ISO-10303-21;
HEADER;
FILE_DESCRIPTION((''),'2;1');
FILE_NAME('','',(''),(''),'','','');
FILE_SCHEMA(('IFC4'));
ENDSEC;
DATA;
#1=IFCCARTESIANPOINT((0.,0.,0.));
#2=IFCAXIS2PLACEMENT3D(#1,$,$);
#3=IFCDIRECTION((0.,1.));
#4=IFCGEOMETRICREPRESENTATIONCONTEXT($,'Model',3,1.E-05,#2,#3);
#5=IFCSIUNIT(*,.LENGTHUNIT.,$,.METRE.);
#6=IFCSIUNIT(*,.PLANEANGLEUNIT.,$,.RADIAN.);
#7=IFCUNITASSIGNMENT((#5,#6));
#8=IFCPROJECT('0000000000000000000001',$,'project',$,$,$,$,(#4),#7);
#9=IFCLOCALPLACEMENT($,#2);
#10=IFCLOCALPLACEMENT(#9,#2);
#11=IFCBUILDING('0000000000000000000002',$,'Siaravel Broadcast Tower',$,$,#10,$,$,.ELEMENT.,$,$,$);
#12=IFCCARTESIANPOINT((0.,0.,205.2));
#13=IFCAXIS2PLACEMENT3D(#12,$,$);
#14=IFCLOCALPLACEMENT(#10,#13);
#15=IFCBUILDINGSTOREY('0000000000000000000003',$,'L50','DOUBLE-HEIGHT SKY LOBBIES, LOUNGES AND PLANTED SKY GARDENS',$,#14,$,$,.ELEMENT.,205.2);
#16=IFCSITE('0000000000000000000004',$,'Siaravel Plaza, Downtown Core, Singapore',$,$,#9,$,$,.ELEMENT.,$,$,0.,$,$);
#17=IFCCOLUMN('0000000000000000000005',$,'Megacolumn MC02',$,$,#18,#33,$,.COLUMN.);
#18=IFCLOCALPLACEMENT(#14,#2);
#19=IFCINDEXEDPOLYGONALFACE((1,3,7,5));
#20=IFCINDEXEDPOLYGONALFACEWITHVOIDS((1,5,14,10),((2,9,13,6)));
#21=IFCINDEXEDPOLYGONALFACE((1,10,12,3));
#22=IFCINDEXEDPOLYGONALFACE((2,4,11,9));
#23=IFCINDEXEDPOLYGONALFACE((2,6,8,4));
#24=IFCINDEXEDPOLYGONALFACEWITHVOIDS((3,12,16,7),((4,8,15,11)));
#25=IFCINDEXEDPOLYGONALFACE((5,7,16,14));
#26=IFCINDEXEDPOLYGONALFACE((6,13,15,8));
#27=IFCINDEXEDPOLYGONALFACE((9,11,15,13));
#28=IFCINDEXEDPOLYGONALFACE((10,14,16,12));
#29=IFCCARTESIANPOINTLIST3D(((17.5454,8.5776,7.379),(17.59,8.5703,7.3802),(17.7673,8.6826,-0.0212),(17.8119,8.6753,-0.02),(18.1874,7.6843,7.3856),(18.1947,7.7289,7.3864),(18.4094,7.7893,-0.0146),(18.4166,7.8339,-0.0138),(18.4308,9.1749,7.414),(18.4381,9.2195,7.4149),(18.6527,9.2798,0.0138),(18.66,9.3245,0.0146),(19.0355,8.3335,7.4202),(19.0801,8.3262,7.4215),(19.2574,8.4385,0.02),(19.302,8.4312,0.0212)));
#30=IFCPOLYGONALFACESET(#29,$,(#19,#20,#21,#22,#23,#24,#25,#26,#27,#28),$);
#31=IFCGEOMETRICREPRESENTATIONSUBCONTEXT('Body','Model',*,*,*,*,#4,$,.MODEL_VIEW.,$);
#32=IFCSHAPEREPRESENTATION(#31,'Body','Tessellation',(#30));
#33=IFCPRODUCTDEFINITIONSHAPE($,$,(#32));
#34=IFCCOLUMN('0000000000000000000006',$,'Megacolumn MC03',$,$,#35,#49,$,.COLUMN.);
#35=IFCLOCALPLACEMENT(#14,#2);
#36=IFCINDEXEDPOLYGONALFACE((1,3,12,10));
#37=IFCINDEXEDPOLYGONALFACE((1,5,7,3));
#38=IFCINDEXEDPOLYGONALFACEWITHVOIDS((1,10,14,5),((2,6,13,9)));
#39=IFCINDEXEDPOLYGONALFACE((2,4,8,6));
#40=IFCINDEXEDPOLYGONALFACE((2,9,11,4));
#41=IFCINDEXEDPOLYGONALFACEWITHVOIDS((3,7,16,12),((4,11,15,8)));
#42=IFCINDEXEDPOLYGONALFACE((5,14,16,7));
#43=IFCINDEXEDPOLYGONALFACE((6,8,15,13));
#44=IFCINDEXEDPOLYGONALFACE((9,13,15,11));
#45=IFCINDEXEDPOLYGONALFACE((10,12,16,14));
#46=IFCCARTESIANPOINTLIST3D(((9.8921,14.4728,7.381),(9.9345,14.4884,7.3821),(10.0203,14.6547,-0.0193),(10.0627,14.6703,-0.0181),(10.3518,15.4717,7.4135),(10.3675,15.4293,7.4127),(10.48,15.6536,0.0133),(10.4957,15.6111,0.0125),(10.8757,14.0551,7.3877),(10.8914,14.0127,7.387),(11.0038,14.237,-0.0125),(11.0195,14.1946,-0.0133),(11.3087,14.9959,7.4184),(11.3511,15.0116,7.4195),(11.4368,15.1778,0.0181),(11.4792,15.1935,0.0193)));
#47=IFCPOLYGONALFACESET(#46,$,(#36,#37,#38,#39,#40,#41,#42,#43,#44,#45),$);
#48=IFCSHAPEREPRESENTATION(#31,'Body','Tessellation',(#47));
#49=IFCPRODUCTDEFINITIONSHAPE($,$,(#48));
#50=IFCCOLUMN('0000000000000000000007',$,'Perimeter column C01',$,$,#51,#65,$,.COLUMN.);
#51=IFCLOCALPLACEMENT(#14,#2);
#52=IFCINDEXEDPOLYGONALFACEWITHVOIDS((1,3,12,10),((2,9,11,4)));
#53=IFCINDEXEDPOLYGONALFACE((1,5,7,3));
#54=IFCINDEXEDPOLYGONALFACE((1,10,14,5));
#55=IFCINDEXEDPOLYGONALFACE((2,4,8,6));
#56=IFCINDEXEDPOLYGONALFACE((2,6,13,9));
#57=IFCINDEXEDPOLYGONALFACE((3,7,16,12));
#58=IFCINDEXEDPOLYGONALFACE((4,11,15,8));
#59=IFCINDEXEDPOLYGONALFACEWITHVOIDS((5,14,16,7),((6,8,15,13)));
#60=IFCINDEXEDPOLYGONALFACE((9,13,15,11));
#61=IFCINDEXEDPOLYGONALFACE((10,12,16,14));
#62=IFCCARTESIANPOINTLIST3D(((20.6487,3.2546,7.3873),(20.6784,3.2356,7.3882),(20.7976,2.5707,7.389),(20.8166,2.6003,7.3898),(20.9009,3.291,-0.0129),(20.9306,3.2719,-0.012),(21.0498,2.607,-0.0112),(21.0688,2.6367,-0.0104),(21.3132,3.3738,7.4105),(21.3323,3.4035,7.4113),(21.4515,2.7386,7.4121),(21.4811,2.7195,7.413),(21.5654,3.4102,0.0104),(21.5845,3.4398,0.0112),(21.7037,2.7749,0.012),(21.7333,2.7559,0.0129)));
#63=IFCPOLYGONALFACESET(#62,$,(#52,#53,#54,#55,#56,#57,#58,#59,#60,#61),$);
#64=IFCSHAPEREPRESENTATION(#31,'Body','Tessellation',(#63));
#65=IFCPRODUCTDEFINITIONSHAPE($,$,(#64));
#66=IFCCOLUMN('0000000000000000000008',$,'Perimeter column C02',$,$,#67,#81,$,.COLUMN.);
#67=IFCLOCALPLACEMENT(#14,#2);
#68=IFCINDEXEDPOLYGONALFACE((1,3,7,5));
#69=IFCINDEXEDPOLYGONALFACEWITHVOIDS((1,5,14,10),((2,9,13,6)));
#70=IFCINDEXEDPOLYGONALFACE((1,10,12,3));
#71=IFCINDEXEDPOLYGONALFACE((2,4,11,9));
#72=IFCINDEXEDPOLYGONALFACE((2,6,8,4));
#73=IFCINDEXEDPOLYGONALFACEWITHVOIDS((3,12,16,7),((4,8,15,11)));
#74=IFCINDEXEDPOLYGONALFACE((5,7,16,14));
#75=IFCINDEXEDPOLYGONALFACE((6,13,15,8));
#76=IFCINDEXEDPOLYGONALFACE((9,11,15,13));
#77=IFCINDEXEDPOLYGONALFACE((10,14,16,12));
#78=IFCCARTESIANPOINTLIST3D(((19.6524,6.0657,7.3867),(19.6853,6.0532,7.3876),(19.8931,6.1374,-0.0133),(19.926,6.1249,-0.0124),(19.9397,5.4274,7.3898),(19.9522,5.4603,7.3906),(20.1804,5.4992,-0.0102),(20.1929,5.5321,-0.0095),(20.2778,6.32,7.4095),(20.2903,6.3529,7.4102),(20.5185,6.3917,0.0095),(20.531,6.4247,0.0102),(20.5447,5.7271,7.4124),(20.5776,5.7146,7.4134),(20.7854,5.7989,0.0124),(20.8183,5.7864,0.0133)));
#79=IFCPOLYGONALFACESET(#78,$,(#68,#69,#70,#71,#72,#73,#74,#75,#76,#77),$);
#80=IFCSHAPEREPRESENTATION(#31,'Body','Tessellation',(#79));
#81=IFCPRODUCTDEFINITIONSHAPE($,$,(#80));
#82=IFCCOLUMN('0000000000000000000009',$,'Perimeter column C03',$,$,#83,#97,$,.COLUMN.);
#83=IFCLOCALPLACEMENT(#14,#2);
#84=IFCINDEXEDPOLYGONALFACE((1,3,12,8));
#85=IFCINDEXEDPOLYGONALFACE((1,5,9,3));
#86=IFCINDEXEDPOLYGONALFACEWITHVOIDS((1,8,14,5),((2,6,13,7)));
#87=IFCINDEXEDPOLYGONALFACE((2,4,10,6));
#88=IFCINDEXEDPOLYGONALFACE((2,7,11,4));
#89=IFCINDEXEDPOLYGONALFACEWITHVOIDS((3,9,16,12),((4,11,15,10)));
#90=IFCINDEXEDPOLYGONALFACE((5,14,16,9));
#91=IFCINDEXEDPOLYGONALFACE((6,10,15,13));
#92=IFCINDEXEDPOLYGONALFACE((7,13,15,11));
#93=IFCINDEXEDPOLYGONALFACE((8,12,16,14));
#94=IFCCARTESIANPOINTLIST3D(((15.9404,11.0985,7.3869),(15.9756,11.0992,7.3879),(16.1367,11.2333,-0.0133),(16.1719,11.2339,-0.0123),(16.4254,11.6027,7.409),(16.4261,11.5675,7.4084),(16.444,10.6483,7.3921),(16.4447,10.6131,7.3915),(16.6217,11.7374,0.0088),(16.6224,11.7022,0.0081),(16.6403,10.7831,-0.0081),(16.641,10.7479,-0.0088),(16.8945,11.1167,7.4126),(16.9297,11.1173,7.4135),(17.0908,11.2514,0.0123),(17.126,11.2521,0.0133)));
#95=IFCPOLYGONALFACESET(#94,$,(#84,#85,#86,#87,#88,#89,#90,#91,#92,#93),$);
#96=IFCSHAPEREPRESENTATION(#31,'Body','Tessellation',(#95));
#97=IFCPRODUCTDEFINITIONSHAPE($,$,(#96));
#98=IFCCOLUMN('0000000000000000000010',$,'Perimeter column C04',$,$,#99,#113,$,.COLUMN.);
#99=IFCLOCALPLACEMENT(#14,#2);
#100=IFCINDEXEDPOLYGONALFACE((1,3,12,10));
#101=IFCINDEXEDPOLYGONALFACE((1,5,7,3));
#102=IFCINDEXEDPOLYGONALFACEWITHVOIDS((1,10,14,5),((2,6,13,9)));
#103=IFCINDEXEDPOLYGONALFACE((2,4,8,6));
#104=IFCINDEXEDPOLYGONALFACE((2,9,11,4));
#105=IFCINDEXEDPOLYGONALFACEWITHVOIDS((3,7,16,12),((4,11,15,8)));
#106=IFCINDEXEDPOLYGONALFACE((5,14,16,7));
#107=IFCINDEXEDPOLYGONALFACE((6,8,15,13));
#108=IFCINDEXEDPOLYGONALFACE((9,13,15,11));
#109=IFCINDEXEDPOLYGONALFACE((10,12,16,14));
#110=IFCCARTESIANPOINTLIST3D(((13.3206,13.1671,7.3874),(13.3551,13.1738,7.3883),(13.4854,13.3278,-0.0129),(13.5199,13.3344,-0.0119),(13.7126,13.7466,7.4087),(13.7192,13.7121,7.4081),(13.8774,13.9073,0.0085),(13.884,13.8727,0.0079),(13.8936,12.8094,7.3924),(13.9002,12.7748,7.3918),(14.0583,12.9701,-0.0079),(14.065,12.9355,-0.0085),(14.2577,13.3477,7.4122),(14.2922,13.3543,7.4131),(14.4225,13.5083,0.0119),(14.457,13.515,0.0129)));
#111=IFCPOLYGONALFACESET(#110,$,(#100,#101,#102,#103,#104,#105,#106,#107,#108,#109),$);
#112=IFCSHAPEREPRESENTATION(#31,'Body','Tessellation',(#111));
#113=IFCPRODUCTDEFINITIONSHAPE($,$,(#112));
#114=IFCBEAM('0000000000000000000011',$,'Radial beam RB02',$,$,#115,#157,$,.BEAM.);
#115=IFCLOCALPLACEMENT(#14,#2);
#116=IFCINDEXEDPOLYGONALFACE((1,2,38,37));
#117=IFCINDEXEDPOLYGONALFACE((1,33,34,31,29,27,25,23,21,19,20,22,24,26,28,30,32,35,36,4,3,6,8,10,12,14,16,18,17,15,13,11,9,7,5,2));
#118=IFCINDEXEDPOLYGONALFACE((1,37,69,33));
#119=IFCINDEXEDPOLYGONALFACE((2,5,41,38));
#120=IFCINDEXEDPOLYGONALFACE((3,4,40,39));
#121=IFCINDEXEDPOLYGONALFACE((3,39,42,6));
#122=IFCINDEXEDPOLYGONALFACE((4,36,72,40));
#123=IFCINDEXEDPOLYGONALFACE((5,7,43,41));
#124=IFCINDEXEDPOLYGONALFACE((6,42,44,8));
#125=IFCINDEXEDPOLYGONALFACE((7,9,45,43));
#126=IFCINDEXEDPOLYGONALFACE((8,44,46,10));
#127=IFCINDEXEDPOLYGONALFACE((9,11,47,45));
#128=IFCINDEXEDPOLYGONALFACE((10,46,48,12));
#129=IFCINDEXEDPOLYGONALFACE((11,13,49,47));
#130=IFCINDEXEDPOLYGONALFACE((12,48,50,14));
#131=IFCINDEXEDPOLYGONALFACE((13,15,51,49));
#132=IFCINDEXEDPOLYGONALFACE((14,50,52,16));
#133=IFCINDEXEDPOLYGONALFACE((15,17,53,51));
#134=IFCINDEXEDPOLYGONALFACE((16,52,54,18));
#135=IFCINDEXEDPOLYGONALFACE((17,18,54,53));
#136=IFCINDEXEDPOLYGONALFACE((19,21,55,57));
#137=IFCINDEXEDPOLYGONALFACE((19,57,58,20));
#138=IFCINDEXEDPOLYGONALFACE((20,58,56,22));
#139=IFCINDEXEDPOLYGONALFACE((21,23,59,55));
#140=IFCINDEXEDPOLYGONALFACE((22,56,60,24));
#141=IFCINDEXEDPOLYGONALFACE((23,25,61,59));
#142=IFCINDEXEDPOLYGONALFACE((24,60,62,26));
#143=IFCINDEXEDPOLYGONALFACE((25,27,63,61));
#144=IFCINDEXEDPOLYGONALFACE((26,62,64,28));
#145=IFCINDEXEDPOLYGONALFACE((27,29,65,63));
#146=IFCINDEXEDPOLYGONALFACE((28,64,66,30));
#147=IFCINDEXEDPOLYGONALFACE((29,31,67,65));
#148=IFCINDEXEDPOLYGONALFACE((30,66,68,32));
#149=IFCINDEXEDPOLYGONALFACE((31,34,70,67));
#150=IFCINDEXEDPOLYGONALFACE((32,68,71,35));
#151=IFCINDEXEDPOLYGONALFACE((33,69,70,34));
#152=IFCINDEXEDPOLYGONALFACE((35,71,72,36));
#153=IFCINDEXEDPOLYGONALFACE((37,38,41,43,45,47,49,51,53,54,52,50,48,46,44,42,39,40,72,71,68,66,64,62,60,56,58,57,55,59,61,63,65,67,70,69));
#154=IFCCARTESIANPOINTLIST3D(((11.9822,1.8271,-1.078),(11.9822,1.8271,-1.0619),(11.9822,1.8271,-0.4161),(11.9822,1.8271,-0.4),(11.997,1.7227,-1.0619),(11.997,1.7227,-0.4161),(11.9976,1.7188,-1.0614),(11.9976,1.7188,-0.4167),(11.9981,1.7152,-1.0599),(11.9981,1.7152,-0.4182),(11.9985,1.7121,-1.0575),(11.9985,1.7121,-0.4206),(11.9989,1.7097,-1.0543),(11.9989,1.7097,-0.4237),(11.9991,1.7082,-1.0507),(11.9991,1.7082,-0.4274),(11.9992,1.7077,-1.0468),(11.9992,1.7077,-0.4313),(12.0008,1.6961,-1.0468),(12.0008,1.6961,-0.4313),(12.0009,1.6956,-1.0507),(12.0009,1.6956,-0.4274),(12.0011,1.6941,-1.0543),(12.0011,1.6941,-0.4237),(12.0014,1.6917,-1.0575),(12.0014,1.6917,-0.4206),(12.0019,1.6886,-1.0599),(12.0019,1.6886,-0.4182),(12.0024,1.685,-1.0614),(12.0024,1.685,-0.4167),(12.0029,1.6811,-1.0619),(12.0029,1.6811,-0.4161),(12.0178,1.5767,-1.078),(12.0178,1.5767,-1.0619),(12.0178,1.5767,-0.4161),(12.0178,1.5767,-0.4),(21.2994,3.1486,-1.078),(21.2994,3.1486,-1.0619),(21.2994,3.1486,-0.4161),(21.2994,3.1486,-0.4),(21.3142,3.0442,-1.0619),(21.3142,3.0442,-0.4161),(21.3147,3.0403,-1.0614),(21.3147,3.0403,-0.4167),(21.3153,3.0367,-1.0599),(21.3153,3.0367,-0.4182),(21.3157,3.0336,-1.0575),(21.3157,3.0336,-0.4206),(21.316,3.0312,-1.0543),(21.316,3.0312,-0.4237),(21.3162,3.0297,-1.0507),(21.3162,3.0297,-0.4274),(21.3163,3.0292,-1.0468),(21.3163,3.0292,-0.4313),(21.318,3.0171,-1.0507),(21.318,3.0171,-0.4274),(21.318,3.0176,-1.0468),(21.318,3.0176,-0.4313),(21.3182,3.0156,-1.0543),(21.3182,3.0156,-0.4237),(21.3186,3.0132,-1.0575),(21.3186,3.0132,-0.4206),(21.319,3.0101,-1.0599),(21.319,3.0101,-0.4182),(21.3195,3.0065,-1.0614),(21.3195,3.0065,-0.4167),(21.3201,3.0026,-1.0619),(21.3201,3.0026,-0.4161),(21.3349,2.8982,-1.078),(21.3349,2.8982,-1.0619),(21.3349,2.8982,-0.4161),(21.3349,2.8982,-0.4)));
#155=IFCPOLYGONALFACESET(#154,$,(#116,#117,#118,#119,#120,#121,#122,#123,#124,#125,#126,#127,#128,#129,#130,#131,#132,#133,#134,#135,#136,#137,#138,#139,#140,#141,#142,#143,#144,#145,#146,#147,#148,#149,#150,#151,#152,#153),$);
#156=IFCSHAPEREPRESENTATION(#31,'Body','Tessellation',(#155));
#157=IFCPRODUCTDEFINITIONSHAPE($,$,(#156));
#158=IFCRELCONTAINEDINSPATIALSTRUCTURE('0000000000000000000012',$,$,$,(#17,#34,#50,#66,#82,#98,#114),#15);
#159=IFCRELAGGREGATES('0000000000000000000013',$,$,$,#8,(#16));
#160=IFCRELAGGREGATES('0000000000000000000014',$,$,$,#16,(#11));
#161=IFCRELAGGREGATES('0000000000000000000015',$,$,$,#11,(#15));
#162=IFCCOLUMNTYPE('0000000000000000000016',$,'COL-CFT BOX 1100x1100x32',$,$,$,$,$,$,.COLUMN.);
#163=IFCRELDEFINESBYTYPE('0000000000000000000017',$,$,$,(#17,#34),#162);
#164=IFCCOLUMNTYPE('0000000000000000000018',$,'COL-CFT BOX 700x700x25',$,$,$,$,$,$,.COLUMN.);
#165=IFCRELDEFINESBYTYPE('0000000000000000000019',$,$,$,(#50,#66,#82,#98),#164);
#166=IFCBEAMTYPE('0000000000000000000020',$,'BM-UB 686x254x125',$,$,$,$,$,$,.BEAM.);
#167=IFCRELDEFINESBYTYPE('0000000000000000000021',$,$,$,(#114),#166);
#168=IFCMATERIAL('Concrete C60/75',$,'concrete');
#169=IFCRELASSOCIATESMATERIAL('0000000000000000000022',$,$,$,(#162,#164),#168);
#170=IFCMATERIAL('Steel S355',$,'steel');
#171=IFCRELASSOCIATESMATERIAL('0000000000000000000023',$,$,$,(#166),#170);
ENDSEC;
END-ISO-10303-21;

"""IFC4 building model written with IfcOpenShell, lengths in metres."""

from ifc_helpers import new_model, si_unit, direction, frame, origin, origin_2d, place, context, subcontext, project, spatial, hollow_rectangle, i_section, extrude, material, material_profile, profile_set, type_object, element, save


model = new_model("IFC4")

# Units and contexts
model_context = context("Model", 3, precision=1e-05, world=origin(), true_north=direction((0.0, 1.0)))
body_context = subcontext(model_context, "Body", "Model", "MODEL_VIEW")
ifc_project = project(units=[si_unit("LENGTHUNIT", "METRE"), si_unit("PLANEANGLEUNIT", "RADIAN")], contexts=[model_context])

# Site, building, storey
site_placement = place(None, origin())
site = spatial("IfcSite", under=ifc_project, at=site_placement, Name="Siaravel Plaza, Downtown Core, Singapore", CompositionType="ELEMENT", RefElevation=0.0)
building_placement = place(site_placement, origin())
building = spatial("IfcBuilding", under=site, at=building_placement, Name="Siaravel Broadcast Tower", CompositionType="ELEMENT")
storey_placement = place(building_placement, frame((0.0, 0.0, 205.2)))
storey = spatial("IfcBuildingStorey", under=building, at=storey_placement, Name="L50", Description="DOUBLE-HEIGHT SKY LOBBIES, LOUNGES AND PLANTED SKY GARDENS", CompositionType="ELEMENT", Elevation=205.2)

# Columns
ifc_material_1 = material(Name="Concrete C60/75", Category="concrete")
ifc_material_profile_1 = material_profile(ifc_material_1, hollow_rectangle(XDim=1.1001, YDim=1.1001, WallThickness=0.032, at=origin_2d()))
ifc_profile_set_1 = profile_set([ifc_material_profile_1], Name="Concrete C60/75")
column_type_1 = type_object("IfcColumnType", Name="COL-CFT BOX 1100x1100x32", PredefinedType="COLUMN", material=ifc_profile_set_1)
column_1_placement = place(storey_placement, frame((18.5347, 8.5569, 0.0), z_axis=(-0.029973, -0.014178, 0.99945), x_axis=(0.583641, -0.81199, 0.005984)))
element("IfcColumn", 1, at=column_1_placement, inside=storey, type_object=column_type_1, Name="Megacolumn MC02", PredefinedType="COLUMN", context=body_context, shape_type="SweptSolid", body=[
    extrude(hollow_rectangle(XDim=1.1001, YDim=1.1001, WallThickness=0.032, at=origin_2d()), origin(), (0.0, 0.0, 1.0), 7.4043),
])
column_2_placement = place(storey_placement, frame((10.7498, 14.9241, 0.0), z_axis=(-0.017313, -0.024567, 0.999548), x_axis=(0.908335, -0.418208, 0.005454)))
element("IfcColumn", 2, at=column_2_placement, inside=storey, type_object=column_type_1, Name="Megacolumn MC03", PredefinedType="COLUMN", context=body_context, shape_type="SweptSolid", body=[
    extrude(hollow_rectangle(XDim=1.1001, YDim=1.1001, WallThickness=0.032, at=origin_2d()), origin(), (0.0, 0.0, 1.0), 7.4036),
])
ifc_material_profile_2 = material_profile(ifc_material_1, hollow_rectangle(XDim=0.7, YDim=0.7, WallThickness=0.0249, at=origin_2d()))
ifc_profile_set_2 = profile_set([ifc_material_profile_2], Name="Concrete C60/75")
column_type_2 = type_object("IfcColumnType", Name="COL-CFT BOX 700x700x25", PredefinedType="COLUMN", material=ifc_profile_set_2)
column_3_placement = place(storey_placement, frame((21.3171, 3.0234, 0.0), z_axis=(-0.03406, -0.004913, 0.999408), x_axis=(0.212711, -0.977112, 0.002446)))
element("IfcColumn", 3, at=column_3_placement, inside=storey, type_object=column_type_2, Name="Perimeter column C01", PredefinedType="COLUMN", context=body_context, shape_type="SweptSolid", body=[
    extrude(hollow_rectangle(XDim=0.7, YDim=0.7, WallThickness=0.0249, at=origin_2d()), origin(), (0.0, 0.0, 1.0), 7.4045),
])
column_4_placement = place(storey_placement, frame((20.3557, 5.9619, 0.0), z_axis=(-0.032511, -0.009694, 0.999424), x_axis=(0.410442, -0.911875, 0.004507)))
element("IfcColumn", 4, at=column_4_placement, inside=storey, type_object=column_type_2, Name="Perimeter column C02", PredefinedType="COLUMN", context=body_context, shape_type="SweptSolid", body=[
    extrude(hollow_rectangle(XDim=0.7, YDim=0.7, WallThickness=0.0249, at=origin_2d()), origin(), (0.0, 0.0, 1.0), 7.4043),
])
column_5_placement = place(storey_placement, frame((16.6313, 11.2427, 0.0), z_axis=(-0.026511, -0.018202, 0.999483), x_axis=(0.720516, -0.693408, 0.006484)))
element("IfcColumn", 5, at=column_5_placement, inside=storey, type_object=column_type_2, Name="Perimeter column C03", PredefinedType="COLUMN", context=body_context, shape_type="SweptSolid", body=[
    extrude(hollow_rectangle(XDim=0.7, YDim=0.7, WallThickness=0.0249, at=origin_2d()), origin(), (0.0, 0.0, 1.0), 7.4041),
])
column_6_placement = place(storey_placement, frame((13.9712, 13.4214, 0.0), z_axis=(-0.022258, -0.021698, 0.999517), x_axis=(0.82816, -0.560457, 0.006276)))
element("IfcColumn", 6, at=column_6_placement, inside=storey, type_object=column_type_2, Name="Perimeter column C04", PredefinedType="COLUMN", context=body_context, shape_type="SweptSolid", body=[
    extrude(hollow_rectangle(XDim=0.7, YDim=0.7, WallThickness=0.0249, at=origin_2d()), origin(), (0.0, 0.0, 1.0), 7.4038),
])

# Beam
ifc_material_2 = material(Name="Steel S355", Category="steel")
ifc_material_profile_3 = material_profile(ifc_material_2, i_section(OverallWidth=0.2529, OverallDepth=0.678, WebThickness=0.0117, FlangeThickness=0.0161, FilletRadius=0.0151, at=origin_2d()))
ifc_profile_set_3 = profile_set([ifc_material_profile_3], Name="Steel S355")
beam_type = type_object("IfcBeamType", Name="BM-UB 686x254x125", PredefinedType="BEAM", material=ifc_profile_set_3)
beam_1_placement = place(storey_placement, frame((21.3171, 3.0234, -0.739), z_axis=(-0.99009, -0.140433, 0.0), x_axis=(0.140433, -0.99009, 0.0)))
element("IfcBeam", 7, at=beam_1_placement, inside=storey, type_object=beam_type, Name="Radial beam RB02", PredefinedType="BEAM", context=body_context, shape_type="SweptSolid", body=[
    extrude(i_section(OverallWidth=0.2529, OverallDepth=0.678, WebThickness=0.0117, FlangeThickness=0.0161, FilletRadius=0.0151, at=origin_2d()), origin(), (0.0, 0.0, 1.0), 9.4104),
])

save(model, "model.ifc")
